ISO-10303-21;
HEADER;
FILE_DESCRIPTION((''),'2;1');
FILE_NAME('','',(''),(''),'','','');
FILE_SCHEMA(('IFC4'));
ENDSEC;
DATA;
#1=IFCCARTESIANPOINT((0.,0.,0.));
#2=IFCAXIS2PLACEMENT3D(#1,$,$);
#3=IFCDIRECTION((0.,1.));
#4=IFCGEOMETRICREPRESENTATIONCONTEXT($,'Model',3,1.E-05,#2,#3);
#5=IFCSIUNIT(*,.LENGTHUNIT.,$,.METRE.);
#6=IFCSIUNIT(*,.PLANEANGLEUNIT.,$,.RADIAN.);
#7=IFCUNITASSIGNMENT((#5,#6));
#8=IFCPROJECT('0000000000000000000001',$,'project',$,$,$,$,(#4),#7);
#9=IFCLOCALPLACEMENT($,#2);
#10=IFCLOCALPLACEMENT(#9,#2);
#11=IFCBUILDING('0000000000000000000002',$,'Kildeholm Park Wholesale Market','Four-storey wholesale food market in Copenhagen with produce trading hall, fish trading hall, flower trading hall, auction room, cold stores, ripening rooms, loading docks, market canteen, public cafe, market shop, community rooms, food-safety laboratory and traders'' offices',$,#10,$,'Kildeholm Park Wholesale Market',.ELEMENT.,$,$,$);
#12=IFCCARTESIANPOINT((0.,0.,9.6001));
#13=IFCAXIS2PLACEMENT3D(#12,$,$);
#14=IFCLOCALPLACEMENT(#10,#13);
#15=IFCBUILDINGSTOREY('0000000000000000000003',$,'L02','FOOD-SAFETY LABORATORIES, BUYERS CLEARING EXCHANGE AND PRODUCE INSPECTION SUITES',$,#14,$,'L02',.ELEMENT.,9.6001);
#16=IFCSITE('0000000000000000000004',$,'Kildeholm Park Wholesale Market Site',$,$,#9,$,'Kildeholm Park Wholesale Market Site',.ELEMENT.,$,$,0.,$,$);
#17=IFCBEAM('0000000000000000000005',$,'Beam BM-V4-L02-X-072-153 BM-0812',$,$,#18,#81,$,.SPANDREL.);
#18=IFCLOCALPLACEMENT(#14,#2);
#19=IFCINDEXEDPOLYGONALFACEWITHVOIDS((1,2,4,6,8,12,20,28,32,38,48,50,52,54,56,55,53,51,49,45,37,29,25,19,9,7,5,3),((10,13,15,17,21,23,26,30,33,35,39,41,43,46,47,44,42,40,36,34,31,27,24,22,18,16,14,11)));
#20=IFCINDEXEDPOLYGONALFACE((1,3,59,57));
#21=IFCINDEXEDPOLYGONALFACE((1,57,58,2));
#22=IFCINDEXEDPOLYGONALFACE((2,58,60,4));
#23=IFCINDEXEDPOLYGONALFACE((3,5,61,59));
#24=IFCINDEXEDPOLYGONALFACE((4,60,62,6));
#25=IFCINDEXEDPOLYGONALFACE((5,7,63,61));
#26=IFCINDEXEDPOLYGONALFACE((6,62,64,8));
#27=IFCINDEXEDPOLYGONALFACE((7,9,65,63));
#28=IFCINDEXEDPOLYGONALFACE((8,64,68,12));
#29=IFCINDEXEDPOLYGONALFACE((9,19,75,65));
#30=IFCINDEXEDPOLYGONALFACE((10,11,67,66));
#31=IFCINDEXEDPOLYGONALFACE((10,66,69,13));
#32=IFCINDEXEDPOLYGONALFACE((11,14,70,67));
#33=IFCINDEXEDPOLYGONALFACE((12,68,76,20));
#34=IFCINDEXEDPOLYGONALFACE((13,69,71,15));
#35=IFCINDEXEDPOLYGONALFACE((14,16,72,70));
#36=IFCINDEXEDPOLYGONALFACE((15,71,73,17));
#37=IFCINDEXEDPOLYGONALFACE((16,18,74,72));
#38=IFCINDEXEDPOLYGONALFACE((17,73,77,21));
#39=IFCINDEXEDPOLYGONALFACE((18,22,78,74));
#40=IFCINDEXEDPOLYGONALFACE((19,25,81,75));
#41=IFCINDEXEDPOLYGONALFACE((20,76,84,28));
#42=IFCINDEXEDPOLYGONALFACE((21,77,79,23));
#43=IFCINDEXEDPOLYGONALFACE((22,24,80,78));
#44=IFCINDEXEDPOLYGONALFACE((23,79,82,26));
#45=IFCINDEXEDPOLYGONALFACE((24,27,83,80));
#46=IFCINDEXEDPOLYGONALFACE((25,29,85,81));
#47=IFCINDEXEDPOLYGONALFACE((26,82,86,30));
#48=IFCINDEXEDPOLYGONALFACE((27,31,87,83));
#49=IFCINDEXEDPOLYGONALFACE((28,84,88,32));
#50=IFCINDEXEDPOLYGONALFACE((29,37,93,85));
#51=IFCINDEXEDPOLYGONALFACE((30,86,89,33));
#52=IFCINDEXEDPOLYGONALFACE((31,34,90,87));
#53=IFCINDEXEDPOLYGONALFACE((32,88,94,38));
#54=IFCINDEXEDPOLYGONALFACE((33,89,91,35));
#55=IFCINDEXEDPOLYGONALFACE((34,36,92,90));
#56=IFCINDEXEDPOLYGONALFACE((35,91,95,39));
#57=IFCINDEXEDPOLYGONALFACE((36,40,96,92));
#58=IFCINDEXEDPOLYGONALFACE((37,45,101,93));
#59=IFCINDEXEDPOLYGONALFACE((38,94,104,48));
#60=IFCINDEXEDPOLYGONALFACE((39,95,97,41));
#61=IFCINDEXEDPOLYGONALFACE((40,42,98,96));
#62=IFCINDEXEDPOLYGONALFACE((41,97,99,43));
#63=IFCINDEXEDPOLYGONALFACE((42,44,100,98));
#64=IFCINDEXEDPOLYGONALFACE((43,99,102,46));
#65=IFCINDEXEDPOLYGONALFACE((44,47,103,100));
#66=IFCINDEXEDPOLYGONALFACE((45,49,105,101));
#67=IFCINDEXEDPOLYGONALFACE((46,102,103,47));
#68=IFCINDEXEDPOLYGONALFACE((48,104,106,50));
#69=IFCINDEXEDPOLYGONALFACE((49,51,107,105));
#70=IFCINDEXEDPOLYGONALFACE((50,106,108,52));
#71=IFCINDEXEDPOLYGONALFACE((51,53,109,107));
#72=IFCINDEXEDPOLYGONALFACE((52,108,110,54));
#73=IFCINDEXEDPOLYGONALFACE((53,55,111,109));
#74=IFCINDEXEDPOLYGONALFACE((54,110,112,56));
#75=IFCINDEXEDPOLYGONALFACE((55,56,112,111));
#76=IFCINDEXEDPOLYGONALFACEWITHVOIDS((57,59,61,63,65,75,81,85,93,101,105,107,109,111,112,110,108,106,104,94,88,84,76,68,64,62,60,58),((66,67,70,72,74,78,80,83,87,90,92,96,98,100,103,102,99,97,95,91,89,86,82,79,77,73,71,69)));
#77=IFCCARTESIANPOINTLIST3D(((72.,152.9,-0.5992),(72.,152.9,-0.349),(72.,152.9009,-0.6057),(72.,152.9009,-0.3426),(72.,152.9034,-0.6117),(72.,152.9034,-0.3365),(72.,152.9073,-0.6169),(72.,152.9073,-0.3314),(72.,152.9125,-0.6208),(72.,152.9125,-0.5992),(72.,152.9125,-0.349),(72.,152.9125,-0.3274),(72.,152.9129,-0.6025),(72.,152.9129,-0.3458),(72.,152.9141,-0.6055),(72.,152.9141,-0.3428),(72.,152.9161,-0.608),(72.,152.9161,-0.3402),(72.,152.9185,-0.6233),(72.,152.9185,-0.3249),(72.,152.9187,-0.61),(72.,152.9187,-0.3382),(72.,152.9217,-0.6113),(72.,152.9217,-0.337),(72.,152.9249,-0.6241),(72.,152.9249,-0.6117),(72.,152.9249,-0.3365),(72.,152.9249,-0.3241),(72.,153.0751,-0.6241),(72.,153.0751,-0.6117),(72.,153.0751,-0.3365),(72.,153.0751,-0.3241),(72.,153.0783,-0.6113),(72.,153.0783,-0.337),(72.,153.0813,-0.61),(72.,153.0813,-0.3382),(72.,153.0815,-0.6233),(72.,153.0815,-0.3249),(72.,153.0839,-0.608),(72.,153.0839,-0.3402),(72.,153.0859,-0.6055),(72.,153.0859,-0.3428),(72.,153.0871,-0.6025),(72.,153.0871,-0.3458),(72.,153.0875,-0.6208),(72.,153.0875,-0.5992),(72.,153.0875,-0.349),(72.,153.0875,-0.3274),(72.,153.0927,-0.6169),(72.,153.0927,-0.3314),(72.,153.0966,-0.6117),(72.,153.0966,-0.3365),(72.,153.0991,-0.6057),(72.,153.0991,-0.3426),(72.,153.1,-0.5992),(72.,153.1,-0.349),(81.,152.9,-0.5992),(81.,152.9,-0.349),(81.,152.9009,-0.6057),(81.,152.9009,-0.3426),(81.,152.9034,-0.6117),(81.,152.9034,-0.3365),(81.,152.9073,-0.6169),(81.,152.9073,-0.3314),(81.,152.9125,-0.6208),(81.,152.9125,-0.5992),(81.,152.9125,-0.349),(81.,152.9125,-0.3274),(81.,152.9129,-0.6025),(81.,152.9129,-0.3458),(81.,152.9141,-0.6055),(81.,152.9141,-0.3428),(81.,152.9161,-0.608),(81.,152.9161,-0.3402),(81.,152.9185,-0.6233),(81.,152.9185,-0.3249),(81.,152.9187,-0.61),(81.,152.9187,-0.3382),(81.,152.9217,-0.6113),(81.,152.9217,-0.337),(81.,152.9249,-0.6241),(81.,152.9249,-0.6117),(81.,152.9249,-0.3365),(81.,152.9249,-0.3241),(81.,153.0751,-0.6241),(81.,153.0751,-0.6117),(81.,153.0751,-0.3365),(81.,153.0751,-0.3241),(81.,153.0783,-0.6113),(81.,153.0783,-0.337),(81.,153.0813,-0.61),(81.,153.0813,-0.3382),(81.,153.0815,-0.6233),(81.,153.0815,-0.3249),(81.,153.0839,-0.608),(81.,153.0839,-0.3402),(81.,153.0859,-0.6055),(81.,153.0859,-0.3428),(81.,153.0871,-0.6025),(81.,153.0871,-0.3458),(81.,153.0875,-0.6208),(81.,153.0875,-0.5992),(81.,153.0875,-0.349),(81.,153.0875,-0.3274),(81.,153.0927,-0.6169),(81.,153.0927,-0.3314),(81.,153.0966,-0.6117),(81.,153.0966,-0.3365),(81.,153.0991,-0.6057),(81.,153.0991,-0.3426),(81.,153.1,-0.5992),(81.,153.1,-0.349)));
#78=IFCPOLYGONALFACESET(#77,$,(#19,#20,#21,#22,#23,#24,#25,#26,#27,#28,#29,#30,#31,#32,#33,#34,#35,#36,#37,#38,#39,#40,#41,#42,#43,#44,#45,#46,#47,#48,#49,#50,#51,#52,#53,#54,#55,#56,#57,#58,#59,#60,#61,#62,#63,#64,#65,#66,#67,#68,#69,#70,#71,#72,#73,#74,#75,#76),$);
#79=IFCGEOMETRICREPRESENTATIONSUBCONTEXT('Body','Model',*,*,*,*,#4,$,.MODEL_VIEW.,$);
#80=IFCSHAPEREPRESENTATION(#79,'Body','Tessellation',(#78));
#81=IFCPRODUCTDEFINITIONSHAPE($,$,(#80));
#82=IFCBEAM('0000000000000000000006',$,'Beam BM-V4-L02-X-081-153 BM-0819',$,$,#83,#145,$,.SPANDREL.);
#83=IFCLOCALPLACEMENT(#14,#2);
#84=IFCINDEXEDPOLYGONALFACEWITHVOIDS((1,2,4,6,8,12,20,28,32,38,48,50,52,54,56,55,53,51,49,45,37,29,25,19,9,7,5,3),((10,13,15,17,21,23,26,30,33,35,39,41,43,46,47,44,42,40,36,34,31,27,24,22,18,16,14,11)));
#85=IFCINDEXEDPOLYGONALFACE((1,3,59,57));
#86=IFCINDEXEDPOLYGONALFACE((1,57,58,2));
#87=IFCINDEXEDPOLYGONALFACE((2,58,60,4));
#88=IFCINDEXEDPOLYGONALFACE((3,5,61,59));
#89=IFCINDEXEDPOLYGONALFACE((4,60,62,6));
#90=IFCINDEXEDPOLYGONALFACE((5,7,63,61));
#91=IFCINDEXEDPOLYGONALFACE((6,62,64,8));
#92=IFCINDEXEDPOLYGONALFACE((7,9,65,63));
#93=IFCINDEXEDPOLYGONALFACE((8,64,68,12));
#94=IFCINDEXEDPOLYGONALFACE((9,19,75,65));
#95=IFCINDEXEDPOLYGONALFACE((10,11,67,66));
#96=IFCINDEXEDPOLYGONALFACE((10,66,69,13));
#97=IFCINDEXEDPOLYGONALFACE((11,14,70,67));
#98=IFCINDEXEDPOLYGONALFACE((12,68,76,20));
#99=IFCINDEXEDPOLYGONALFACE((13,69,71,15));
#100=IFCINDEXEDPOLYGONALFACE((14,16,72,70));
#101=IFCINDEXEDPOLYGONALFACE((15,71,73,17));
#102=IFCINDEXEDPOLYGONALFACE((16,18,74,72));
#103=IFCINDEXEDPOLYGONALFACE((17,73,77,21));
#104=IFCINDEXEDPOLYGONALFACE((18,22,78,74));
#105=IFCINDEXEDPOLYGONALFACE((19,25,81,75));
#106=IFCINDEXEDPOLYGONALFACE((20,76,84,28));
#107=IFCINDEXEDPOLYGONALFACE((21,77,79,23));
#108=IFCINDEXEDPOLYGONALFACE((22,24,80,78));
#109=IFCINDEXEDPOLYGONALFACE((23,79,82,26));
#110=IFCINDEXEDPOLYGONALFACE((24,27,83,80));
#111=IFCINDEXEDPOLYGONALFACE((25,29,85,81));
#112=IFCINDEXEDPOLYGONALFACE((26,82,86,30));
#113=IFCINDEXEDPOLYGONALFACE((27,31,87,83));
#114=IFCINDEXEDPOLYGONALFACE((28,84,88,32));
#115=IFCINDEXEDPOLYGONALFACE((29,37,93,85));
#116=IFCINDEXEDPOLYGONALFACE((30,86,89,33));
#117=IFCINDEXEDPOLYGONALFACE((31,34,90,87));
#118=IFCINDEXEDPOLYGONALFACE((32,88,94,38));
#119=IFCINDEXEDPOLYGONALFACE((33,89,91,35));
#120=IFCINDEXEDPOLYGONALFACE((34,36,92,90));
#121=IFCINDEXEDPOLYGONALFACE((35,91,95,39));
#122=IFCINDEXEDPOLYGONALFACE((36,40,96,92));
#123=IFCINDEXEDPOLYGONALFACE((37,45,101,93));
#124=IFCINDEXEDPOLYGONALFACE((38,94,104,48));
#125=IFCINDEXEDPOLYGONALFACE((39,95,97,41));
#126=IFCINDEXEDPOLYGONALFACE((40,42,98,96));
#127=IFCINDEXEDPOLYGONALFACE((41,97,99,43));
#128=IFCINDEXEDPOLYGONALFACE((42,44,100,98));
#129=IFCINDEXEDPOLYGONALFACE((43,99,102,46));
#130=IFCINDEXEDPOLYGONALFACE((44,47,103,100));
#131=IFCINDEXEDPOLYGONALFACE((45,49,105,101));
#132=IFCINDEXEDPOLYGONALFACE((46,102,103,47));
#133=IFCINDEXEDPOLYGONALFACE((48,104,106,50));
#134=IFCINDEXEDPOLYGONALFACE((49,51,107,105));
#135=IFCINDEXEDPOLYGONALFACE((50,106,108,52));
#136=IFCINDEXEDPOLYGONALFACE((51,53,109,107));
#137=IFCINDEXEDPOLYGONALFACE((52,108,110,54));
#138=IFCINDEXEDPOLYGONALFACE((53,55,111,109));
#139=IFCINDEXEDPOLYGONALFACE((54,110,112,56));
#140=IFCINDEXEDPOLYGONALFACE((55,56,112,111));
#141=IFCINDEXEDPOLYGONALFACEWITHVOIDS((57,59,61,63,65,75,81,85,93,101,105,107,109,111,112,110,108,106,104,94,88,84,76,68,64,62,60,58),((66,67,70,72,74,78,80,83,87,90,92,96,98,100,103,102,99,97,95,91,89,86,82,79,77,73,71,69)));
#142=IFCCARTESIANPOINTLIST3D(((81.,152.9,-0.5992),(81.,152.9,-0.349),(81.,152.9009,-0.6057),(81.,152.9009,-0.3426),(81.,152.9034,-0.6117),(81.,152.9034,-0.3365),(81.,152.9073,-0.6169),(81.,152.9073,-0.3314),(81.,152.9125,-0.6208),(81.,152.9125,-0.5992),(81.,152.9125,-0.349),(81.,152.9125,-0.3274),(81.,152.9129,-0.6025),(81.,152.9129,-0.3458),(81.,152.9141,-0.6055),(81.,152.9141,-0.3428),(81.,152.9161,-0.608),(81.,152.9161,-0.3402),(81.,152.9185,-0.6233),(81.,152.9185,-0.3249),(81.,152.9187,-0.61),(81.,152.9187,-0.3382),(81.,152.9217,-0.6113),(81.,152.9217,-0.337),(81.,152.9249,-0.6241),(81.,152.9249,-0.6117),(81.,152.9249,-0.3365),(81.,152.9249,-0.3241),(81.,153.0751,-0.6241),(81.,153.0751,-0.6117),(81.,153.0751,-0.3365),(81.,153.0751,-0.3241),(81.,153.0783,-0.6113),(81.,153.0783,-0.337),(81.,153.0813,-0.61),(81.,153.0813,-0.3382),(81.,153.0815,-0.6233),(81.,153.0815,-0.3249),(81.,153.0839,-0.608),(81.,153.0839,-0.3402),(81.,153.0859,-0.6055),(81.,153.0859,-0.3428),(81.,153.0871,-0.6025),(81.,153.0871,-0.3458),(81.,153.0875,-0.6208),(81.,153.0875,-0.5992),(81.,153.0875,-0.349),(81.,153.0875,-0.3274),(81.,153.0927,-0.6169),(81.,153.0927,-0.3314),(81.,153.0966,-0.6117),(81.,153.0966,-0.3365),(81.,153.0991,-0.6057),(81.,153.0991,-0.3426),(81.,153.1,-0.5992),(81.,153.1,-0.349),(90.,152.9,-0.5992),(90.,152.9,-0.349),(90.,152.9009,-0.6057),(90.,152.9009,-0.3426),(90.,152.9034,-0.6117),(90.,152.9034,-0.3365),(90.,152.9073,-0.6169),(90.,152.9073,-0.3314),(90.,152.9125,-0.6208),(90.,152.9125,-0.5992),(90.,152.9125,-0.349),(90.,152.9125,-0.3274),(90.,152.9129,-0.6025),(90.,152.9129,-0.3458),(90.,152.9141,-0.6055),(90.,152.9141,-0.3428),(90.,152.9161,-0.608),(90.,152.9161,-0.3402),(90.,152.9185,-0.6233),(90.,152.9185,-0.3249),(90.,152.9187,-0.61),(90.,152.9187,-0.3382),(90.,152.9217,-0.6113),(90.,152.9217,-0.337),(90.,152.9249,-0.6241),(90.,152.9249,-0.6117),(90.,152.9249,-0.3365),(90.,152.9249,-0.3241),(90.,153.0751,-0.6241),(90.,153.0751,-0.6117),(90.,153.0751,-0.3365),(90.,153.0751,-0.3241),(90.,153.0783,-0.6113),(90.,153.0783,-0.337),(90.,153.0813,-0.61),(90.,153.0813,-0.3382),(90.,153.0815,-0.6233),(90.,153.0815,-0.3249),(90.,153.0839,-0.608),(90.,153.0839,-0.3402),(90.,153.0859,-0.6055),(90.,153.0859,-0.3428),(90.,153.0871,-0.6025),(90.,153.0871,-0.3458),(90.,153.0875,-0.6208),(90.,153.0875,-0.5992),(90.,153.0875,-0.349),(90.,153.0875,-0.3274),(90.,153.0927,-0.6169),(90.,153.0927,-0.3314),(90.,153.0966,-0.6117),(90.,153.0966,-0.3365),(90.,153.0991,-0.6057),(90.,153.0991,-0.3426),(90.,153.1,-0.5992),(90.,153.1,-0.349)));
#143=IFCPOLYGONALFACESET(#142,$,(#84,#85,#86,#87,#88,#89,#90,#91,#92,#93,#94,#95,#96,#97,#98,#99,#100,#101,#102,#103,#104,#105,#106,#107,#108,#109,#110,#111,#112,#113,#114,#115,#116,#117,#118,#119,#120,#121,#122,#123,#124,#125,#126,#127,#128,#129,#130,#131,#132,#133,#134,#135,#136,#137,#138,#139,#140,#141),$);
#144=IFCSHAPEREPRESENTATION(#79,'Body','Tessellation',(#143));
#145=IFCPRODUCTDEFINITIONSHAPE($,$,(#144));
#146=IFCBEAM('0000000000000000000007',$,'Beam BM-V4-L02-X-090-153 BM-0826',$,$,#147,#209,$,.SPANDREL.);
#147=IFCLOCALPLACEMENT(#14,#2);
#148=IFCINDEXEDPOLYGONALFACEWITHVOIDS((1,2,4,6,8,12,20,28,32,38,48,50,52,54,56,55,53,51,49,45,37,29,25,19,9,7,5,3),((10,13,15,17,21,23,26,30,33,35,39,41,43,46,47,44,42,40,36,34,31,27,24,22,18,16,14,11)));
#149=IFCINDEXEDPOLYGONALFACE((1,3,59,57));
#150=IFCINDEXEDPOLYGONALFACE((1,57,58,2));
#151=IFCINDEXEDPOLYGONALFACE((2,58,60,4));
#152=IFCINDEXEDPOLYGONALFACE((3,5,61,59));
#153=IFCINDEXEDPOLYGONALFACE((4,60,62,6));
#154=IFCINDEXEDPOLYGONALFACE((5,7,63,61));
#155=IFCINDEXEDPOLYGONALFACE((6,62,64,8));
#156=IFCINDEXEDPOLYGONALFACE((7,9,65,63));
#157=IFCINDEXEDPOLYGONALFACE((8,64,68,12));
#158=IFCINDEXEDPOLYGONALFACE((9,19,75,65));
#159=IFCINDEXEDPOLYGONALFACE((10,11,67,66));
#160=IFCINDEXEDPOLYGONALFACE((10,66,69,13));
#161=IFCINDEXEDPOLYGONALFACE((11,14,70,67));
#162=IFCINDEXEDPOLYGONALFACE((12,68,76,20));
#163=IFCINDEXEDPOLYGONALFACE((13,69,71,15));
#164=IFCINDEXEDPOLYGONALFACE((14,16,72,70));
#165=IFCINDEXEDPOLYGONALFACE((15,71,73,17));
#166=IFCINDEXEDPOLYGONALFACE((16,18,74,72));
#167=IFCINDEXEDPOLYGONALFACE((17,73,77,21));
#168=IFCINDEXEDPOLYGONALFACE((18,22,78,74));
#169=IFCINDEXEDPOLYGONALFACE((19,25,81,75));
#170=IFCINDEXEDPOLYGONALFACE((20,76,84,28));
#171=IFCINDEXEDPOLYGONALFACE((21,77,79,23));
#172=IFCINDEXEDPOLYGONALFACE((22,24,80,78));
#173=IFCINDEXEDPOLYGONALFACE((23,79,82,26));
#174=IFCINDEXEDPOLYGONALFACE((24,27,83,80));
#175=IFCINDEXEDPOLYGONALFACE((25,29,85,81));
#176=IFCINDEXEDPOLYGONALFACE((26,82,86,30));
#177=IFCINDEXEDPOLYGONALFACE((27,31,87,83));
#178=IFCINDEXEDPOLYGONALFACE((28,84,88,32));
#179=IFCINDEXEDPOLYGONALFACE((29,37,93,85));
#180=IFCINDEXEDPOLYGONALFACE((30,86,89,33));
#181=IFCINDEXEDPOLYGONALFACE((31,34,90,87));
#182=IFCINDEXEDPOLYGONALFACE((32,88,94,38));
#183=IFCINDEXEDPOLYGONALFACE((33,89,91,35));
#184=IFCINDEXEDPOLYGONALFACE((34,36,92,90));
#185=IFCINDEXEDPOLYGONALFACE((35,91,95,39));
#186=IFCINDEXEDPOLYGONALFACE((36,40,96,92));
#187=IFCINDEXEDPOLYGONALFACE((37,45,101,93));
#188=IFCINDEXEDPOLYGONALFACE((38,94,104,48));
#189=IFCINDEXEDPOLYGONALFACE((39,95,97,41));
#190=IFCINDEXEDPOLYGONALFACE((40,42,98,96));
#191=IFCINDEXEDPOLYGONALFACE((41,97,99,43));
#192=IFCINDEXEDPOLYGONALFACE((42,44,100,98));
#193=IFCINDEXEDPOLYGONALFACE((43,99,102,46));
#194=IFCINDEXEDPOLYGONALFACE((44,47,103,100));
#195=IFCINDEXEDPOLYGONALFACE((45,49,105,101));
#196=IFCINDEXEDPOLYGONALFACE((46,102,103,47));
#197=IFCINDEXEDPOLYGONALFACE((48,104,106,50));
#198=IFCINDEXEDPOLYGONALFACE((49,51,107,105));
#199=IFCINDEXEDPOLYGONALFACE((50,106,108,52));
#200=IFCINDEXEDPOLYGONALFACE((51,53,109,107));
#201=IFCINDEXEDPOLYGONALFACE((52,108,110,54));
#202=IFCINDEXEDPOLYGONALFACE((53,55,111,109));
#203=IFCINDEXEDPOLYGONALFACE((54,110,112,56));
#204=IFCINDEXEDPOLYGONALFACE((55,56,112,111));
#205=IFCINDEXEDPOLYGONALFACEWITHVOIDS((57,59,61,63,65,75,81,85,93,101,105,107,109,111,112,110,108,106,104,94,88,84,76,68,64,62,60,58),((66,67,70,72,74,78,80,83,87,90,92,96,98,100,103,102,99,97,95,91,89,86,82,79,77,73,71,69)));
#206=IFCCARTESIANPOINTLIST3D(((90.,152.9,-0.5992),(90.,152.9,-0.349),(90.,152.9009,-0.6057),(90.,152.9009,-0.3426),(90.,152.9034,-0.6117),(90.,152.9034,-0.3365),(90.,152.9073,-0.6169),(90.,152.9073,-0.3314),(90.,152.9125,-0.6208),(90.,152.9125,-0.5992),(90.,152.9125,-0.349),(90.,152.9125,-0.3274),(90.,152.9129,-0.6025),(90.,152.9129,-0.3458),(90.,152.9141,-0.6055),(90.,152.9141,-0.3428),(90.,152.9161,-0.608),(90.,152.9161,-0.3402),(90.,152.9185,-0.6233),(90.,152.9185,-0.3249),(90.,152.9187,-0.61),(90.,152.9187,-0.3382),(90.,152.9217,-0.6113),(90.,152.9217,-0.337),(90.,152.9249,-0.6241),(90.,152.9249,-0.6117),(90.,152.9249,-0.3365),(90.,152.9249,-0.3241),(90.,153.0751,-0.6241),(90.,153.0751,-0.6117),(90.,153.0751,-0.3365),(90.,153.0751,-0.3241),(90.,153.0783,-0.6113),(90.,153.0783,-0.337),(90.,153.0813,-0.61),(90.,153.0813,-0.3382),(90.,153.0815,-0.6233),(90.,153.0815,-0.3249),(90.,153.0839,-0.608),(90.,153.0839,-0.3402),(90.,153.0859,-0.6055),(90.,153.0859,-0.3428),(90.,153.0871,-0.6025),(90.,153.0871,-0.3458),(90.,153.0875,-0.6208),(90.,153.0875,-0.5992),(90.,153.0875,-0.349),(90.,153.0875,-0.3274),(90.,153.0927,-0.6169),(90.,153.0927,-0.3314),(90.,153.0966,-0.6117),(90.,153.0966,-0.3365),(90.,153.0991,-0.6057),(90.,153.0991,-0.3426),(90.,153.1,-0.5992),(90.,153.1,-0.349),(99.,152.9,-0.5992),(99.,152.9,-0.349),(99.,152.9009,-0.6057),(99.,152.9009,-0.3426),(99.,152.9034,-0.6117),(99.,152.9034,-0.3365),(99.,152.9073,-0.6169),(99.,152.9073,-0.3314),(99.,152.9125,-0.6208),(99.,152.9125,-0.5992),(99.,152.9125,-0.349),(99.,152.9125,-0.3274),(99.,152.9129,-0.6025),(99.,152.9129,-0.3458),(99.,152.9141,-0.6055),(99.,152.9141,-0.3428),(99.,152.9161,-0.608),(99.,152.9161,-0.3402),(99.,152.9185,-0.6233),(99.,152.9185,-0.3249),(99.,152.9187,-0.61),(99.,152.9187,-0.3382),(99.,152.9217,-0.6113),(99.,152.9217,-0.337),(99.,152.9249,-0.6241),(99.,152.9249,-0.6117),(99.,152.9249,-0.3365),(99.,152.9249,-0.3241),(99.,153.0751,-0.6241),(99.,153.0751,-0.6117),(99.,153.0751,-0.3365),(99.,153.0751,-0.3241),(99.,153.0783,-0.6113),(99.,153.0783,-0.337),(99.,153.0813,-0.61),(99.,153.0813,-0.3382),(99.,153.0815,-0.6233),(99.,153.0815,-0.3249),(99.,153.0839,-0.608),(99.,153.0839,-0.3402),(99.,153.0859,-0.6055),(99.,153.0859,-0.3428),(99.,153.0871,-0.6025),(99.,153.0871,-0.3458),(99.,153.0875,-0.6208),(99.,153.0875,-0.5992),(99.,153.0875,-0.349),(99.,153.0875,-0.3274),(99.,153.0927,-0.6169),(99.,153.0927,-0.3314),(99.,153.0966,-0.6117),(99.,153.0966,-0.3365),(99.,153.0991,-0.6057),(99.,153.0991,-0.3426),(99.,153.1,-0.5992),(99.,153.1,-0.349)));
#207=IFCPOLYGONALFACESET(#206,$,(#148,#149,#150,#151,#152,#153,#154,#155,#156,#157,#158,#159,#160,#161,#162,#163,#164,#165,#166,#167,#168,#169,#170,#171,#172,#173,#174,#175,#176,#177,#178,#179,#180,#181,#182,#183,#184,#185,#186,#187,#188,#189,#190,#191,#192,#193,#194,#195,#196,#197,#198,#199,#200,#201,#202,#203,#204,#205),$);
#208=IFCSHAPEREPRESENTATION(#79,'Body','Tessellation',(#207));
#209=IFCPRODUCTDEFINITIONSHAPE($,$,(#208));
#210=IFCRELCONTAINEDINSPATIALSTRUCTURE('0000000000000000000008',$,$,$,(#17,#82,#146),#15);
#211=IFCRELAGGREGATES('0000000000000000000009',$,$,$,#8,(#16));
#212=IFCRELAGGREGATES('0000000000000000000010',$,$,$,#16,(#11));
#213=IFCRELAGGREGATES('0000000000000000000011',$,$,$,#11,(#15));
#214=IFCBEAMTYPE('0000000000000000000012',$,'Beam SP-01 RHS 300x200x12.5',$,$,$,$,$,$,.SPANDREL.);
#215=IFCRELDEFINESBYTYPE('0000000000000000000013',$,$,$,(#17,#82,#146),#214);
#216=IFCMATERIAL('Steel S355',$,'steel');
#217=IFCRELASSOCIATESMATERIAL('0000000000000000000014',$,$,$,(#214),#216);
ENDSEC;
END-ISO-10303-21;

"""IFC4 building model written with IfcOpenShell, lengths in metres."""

from ifc_helpers import new_model, si_unit, direction, frame, origin, origin_2d, place, context, subcontext, project, spatial, hollow_rectangle, extrude, material, material_profile, profile_set, type_object, element, save


model = new_model("IFC4")

# Units and contexts
model_context = context("Model", 3, precision=1e-05, world=origin(), true_north=direction((0.0, 1.0)))
body_context = subcontext(model_context, "Body", "Model", "MODEL_VIEW")
ifc_project = project(units=[si_unit("LENGTHUNIT", "METRE"), si_unit("PLANEANGLEUNIT", "RADIAN")], contexts=[model_context])

# Site, building, storey
site_placement = place(None, origin())
site = spatial("IfcSite", under=ifc_project, at=site_placement, Name="Kildeholm Park Wholesale Market Site", LongName="Kildeholm Park Wholesale Market Site", CompositionType="ELEMENT", RefElevation=0.0)
building_placement = place(site_placement, origin())
building = spatial("IfcBuilding", under=site, at=building_placement, Name="Kildeholm Park Wholesale Market", Description="Four-storey wholesale food market in Copenhagen with produce trading hall, fish trading hall, flower trading hall, auction room, cold stores, ripening rooms, loading docks, market canteen, public cafe, market shop, community rooms, food-safety laboratory and traders' offices", LongName="Kildeholm Park Wholesale Market", CompositionType="ELEMENT")
storey_placement = place(building_placement, frame((0.0, 0.0, 9.6001)))
storey = spatial("IfcBuildingStorey", under=building, at=storey_placement, Name="L02", Description="FOOD-SAFETY LABORATORIES, BUYERS CLEARING EXCHANGE AND PRODUCE INSPECTION SUITES", LongName="L02", CompositionType="ELEMENT", Elevation=9.6001)

# Beams
ifc_material_1 = material(Name="Steel S355", Category="steel")
ifc_material_profile_1 = material_profile(ifc_material_1, hollow_rectangle(XDim=0.2, YDim=0.3, WallThickness=0.0125, InnerFilletRadius=0.0125, OuterFilletRadius=0.0249, at=origin_2d()), Name="RHS 300x200x12.5")
ifc_profile_set_1 = profile_set([ifc_material_profile_1], Name="Steel S355")
beam_type_1 = type_object("IfcBeamType", Name="Beam SP-01 RHS 300x200x12.5", PredefinedType="SPANDREL", material=ifc_profile_set_1)
for number, where, z_axis, x_axis, name in (
    (1, (72.0, 153.0, -0.4741), (1.0, 0.0, 0.0), (0.0, 1.0, 0.0), "Beam BM-V4-L02-X-072-153 BM-0812"),
    (2, (81.0, 153.0, -0.4741), (1.0, 0.0, 0.0), (0.0, 1.0, 0.0), "Beam BM-V4-L02-X-081-153 BM-0819"),
    (3, (90.0, 153.0, -0.4741), (1.0, 0.0, 0.0), (0.0, 1.0, 0.0), "Beam BM-V4-L02-X-090-153 BM-0826"),
):
    element("IfcBeam", number, at=place(storey_placement, frame(where, z_axis=z_axis, x_axis=x_axis)), inside=storey, type_object=beam_type_1, Name=name, PredefinedType="SPANDREL", context=body_context, shape_type="SweptSolid", body=[
        extrude(hollow_rectangle(XDim=0.2, YDim=0.3, WallThickness=0.0125, InnerFilletRadius=0.0125, OuterFilletRadius=0.0249, at=origin_2d()), origin(), (0.0, 0.0, 1.0), 9.0),
    ])

save(model, "model.ifc")
